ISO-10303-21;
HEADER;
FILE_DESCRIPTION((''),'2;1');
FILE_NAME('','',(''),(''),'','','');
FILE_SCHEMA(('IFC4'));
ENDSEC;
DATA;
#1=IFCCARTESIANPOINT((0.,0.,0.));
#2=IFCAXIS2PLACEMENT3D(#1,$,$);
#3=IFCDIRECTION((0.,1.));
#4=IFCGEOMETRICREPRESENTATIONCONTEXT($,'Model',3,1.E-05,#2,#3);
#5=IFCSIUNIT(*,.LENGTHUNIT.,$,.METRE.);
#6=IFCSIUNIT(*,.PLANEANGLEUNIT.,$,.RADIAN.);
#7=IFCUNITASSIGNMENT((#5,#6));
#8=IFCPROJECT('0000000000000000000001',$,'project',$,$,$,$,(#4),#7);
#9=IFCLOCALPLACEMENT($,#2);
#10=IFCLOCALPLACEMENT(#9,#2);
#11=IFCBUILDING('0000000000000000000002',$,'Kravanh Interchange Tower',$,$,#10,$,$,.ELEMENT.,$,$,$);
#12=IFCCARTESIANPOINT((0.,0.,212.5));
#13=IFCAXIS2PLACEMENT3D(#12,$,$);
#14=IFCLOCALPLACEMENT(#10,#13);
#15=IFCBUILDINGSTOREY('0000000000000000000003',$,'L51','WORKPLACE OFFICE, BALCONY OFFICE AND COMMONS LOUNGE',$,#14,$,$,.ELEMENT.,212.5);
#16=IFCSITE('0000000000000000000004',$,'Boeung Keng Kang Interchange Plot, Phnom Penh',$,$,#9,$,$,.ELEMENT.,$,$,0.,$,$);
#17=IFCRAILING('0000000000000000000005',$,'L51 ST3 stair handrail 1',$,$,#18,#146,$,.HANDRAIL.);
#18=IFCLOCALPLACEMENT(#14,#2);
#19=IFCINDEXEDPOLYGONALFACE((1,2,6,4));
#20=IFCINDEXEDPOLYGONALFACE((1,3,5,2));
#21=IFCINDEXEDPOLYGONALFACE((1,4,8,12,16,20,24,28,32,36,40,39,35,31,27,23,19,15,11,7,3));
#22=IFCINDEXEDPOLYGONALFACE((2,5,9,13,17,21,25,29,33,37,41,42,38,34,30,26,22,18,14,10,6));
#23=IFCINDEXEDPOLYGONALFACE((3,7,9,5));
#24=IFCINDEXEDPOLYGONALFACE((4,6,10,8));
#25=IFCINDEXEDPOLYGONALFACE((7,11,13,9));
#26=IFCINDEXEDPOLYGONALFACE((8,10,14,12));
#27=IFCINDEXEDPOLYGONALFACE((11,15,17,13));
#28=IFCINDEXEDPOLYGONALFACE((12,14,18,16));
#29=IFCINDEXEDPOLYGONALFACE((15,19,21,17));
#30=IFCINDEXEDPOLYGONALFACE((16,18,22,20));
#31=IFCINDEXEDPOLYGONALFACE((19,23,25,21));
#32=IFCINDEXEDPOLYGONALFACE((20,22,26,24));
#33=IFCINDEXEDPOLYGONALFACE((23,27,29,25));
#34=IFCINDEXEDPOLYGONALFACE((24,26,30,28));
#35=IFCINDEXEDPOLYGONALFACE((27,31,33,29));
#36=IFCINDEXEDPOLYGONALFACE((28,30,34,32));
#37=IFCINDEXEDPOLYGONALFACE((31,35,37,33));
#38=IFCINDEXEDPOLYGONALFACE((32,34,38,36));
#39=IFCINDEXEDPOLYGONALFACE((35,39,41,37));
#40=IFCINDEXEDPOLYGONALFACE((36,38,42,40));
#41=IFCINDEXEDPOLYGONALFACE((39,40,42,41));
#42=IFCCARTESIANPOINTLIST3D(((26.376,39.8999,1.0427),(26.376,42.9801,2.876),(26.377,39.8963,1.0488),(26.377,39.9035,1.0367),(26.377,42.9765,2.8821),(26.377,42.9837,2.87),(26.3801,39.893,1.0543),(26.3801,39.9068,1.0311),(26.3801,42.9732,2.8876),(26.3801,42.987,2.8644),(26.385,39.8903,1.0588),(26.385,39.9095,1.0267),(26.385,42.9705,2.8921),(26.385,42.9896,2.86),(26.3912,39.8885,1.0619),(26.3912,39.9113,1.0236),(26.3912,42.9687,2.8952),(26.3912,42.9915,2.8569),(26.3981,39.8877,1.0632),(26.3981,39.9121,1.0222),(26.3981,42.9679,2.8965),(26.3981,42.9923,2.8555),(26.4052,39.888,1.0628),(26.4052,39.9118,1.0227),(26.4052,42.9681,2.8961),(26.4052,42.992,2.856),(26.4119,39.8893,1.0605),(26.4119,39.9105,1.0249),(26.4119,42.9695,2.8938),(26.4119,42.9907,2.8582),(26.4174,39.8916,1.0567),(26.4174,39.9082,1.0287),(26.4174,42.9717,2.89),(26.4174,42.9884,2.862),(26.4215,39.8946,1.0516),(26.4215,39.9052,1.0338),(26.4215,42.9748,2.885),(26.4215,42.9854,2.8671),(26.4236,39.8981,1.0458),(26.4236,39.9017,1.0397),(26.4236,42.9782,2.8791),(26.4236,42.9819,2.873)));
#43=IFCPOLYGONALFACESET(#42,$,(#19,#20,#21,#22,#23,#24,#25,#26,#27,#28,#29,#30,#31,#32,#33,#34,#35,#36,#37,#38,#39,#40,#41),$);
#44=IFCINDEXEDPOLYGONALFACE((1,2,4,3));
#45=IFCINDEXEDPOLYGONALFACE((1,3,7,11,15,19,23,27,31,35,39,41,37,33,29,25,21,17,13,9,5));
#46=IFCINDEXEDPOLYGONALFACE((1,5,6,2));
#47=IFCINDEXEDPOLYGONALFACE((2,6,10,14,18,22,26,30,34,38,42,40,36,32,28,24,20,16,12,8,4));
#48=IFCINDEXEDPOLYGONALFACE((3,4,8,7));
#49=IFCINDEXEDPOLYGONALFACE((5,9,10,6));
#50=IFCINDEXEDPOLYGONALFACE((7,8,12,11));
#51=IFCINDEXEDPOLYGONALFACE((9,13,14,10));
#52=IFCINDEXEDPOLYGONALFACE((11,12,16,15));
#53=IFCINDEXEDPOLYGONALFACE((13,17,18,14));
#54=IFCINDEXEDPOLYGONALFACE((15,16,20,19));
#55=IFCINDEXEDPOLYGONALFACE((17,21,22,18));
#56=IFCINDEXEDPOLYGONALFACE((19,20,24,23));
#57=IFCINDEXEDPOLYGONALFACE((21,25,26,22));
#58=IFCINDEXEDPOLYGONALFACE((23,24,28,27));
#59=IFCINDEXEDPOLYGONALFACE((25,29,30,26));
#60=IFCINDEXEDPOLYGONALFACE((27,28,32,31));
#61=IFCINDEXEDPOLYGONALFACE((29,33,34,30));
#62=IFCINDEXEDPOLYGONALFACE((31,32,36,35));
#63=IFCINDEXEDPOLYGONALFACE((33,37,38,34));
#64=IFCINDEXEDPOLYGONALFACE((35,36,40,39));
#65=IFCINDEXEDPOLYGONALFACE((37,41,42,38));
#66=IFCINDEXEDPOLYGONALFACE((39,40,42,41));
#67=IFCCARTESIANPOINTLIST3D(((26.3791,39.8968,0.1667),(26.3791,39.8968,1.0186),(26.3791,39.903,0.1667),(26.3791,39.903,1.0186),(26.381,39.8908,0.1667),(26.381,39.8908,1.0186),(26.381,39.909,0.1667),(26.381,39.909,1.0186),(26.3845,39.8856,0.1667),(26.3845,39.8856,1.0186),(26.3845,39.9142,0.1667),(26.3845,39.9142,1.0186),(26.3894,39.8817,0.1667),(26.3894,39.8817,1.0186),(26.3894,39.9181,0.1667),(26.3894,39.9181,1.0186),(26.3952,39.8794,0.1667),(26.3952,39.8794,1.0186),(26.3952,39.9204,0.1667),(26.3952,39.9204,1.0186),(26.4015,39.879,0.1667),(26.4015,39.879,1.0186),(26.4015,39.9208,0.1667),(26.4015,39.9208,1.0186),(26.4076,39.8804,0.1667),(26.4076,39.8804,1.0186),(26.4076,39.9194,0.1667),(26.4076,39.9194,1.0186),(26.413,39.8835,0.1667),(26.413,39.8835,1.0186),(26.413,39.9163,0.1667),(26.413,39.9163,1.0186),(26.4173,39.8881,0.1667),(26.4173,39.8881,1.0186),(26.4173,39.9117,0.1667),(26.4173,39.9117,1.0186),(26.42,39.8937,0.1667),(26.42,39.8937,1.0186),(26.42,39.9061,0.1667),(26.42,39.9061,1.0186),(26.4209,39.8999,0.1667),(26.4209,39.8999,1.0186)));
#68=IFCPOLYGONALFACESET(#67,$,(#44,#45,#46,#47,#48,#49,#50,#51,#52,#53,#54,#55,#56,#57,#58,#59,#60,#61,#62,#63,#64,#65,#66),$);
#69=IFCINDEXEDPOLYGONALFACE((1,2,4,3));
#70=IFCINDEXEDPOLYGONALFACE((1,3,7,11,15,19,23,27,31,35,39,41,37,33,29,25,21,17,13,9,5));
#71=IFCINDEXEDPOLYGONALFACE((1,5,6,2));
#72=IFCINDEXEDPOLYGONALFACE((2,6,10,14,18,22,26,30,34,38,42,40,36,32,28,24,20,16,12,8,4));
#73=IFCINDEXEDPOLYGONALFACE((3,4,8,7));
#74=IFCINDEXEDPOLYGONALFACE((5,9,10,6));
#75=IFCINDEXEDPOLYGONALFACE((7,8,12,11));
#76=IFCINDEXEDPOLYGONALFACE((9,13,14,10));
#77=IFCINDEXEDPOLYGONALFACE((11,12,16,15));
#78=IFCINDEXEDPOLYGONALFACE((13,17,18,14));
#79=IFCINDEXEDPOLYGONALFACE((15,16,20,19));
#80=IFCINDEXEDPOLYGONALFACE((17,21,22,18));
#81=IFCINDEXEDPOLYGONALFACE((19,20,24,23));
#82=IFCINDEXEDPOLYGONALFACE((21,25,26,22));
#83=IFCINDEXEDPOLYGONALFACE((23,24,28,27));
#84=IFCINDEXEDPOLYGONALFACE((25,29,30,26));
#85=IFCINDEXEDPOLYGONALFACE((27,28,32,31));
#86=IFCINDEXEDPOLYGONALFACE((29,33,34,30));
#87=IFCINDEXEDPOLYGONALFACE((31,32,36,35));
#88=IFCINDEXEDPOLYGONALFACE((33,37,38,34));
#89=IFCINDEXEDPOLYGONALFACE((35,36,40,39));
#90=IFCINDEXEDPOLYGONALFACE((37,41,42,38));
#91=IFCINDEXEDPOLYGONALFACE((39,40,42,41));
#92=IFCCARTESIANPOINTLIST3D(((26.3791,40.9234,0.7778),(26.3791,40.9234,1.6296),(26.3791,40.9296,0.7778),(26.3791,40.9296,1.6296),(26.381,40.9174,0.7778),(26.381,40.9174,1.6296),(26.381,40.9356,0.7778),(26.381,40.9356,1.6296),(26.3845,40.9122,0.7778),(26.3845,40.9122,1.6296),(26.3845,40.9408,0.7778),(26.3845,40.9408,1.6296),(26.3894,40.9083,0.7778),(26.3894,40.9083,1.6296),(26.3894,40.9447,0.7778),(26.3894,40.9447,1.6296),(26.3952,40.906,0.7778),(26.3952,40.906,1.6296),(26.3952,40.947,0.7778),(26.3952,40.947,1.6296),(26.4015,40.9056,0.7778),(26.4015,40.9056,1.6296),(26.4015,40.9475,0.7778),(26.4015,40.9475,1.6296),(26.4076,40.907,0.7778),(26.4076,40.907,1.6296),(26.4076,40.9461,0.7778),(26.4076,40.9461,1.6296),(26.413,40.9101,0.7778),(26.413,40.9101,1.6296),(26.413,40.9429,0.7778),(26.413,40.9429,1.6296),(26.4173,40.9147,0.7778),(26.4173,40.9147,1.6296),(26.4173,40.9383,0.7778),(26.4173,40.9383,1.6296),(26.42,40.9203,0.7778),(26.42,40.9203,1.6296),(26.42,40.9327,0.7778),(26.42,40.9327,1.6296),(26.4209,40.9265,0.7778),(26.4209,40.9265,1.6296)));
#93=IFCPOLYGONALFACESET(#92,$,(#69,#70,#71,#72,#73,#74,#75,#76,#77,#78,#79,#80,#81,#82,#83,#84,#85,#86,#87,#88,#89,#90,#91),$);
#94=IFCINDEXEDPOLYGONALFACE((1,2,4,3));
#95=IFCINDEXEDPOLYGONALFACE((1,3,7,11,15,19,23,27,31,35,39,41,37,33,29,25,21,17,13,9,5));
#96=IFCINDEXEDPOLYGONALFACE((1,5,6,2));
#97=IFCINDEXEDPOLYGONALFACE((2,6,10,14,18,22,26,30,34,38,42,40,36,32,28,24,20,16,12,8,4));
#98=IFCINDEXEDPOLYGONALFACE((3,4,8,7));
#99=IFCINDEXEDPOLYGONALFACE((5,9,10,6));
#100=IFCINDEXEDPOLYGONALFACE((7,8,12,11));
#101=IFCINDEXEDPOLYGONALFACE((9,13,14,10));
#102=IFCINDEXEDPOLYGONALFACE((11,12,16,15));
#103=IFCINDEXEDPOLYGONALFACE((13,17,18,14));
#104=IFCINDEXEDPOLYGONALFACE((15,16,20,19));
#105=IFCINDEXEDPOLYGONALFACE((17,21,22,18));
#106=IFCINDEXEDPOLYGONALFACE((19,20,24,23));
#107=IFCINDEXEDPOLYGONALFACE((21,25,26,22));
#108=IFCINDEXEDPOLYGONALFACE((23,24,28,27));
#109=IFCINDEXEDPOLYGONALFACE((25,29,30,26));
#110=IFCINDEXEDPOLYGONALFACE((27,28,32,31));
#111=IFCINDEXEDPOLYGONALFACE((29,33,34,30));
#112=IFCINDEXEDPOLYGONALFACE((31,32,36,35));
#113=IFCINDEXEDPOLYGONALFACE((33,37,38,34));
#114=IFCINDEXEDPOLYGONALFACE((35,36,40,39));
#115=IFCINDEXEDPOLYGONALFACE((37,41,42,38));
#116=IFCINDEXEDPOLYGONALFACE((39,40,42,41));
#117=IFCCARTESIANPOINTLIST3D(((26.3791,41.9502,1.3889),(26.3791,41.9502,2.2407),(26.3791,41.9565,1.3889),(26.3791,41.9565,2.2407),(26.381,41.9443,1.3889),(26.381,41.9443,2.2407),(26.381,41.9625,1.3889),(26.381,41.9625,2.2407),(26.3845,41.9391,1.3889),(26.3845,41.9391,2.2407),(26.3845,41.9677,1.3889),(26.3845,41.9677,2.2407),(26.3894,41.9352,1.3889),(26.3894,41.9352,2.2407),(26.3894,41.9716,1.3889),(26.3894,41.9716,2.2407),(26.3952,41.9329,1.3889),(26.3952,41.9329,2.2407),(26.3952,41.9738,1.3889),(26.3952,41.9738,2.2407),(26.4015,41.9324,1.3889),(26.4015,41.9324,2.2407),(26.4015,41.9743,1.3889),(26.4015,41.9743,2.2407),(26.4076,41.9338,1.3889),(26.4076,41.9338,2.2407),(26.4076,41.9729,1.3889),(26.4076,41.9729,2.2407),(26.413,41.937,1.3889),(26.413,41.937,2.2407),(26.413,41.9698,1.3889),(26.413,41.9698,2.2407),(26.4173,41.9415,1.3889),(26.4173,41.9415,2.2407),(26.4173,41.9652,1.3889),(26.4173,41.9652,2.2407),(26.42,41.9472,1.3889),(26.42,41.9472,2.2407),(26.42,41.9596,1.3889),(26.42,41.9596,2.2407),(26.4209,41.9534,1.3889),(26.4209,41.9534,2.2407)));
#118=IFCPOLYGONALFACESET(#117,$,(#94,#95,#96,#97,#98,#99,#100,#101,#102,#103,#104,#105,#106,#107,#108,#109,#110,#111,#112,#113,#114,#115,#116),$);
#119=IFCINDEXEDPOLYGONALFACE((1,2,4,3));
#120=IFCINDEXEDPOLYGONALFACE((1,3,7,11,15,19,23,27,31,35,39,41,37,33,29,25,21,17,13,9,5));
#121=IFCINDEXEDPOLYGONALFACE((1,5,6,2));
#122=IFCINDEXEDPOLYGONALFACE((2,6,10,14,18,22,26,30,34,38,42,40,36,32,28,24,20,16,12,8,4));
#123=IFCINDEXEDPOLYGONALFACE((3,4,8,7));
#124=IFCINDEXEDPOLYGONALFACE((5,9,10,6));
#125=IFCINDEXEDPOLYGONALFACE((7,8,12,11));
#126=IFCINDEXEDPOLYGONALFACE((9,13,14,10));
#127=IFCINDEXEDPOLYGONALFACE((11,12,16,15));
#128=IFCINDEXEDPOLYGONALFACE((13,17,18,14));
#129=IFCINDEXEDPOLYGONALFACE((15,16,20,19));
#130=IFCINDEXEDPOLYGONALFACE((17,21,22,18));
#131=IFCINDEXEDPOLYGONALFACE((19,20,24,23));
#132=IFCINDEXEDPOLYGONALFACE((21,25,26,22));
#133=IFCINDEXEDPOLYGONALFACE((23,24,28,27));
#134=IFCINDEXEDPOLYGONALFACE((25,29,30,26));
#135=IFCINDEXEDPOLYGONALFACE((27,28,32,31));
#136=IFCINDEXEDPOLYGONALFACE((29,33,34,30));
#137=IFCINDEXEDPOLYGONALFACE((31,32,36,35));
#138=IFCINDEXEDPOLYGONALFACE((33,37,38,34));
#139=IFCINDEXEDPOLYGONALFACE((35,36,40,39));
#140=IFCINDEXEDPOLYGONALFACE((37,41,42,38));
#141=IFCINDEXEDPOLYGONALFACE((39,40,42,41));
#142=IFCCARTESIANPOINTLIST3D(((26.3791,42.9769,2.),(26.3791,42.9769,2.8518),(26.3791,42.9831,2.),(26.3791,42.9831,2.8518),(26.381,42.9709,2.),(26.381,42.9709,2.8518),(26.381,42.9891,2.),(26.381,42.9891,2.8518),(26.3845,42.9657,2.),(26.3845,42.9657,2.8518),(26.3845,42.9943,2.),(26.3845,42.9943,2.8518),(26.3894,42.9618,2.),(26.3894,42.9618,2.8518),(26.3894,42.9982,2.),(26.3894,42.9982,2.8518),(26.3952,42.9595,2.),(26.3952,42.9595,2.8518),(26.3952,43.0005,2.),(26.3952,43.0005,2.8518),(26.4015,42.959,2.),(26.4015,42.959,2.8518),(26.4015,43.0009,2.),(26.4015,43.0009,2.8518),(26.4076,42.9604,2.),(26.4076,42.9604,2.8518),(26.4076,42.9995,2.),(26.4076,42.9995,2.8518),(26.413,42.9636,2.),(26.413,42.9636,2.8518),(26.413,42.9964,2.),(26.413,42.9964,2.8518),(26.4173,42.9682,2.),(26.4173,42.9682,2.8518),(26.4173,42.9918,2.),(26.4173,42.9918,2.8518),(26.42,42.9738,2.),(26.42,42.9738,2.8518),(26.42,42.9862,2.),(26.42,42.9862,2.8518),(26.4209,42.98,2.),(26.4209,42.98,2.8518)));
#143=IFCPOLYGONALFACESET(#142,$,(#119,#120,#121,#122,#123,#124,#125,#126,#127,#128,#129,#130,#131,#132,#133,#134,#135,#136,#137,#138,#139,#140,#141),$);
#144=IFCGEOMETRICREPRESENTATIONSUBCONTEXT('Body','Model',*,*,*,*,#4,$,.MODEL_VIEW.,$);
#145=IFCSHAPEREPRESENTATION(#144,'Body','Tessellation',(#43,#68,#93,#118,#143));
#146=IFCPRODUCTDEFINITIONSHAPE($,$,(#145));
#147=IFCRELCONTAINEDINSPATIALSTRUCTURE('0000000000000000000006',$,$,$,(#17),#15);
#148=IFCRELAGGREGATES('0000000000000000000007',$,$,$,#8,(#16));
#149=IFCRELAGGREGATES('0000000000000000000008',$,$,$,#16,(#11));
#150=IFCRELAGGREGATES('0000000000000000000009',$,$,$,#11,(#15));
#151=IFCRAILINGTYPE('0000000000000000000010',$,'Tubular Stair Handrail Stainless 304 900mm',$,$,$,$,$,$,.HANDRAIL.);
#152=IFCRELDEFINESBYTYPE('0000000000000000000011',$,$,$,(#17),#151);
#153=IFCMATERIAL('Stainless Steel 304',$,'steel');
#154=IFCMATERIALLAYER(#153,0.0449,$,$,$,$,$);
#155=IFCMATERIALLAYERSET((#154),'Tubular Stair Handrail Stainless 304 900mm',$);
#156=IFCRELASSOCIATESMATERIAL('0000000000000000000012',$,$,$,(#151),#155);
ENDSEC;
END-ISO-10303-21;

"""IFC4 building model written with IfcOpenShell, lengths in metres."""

from ifc_helpers import new_model, si_unit, direction, frame, origin, origin_2d, place, context, subcontext, project, spatial, circle, extrude, material, layer, layer_set, type_object, element, save


model = new_model("IFC4")

# Units and contexts
model_context = context("Model", 3, precision=1e-05, world=origin(), true_north=direction((0.0, 1.0)))
body_context = subcontext(model_context, "Body", "Model", "MODEL_VIEW")
ifc_project = project(units=[si_unit("LENGTHUNIT", "METRE"), si_unit("PLANEANGLEUNIT", "RADIAN")], contexts=[model_context])

# Site, building, storey
site_placement = place(None, origin())
site = spatial("IfcSite", under=ifc_project, at=site_placement, Name="Boeung Keng Kang Interchange Plot, Phnom Penh", CompositionType="ELEMENT", RefElevation=0.0)
building_placement = place(site_placement, origin())
building = spatial("IfcBuilding", under=site, at=building_placement, Name="Kravanh Interchange Tower", CompositionType="ELEMENT")
storey_placement = place(building_placement, frame((0.0, 0.0, 212.5)))
storey = spatial("IfcBuildingStorey", under=building, at=storey_placement, Name="L51", Description="WORKPLACE OFFICE, BALCONY OFFICE AND COMMONS LOUNGE", CompositionType="ELEMENT", Elevation=212.5)

# Railing
ifc_material_1 = material(Name="Stainless Steel 304", Category="steel")
ifc_layer_1 = layer(ifc_material_1, 0.0449)
ifc_layer_set_1 = layer_set([ifc_layer_1], Name="Tubular Stair Handrail Stainless 304 900mm")
railing_type = type_object("IfcRailingType", Name="Tubular Stair Handrail Stainless 304 900mm", PredefinedType="HANDRAIL", material=ifc_layer_set_1)
railing_placement = place(storey_placement, frame((26.3999, 39.8999, 0.1667)))
element("IfcRailing", 1, at=railing_placement, inside=storey, type_object=railing_type, Name="L51 ST3 stair handrail 1", PredefinedType="HANDRAIL", context=body_context, shape_type="SweptSolid", body=[
    extrude(circle(Radius=0.0239, at=origin_2d()), frame((0.0, 0.0, 0.876), z_axis=(0.0, 0.859309, 0.511458), x_axis=(-1.0, 0.0, 0.0)), (0.0, 0.0, 1.0), 3.5845),
    extrude(circle(Radius=0.021, at=origin_2d()), origin(), (0.0, 0.0, 1.0), 0.8518),
    extrude(circle(Radius=0.021, at=origin_2d()), frame((0.0, 1.0266, 0.6111)), (0.0, 0.0, 1.0), 0.8518),
    extrude(circle(Radius=0.021, at=origin_2d()), frame((0.0, 2.0535, 1.2222)), (0.0, 0.0, 1.0), 0.8518),
    extrude(circle(Radius=0.021, at=origin_2d()), frame((0.0, 3.0801, 1.8333)), (0.0, 0.0, 1.0), 0.8518),
])

save(model, "model.ifc")
